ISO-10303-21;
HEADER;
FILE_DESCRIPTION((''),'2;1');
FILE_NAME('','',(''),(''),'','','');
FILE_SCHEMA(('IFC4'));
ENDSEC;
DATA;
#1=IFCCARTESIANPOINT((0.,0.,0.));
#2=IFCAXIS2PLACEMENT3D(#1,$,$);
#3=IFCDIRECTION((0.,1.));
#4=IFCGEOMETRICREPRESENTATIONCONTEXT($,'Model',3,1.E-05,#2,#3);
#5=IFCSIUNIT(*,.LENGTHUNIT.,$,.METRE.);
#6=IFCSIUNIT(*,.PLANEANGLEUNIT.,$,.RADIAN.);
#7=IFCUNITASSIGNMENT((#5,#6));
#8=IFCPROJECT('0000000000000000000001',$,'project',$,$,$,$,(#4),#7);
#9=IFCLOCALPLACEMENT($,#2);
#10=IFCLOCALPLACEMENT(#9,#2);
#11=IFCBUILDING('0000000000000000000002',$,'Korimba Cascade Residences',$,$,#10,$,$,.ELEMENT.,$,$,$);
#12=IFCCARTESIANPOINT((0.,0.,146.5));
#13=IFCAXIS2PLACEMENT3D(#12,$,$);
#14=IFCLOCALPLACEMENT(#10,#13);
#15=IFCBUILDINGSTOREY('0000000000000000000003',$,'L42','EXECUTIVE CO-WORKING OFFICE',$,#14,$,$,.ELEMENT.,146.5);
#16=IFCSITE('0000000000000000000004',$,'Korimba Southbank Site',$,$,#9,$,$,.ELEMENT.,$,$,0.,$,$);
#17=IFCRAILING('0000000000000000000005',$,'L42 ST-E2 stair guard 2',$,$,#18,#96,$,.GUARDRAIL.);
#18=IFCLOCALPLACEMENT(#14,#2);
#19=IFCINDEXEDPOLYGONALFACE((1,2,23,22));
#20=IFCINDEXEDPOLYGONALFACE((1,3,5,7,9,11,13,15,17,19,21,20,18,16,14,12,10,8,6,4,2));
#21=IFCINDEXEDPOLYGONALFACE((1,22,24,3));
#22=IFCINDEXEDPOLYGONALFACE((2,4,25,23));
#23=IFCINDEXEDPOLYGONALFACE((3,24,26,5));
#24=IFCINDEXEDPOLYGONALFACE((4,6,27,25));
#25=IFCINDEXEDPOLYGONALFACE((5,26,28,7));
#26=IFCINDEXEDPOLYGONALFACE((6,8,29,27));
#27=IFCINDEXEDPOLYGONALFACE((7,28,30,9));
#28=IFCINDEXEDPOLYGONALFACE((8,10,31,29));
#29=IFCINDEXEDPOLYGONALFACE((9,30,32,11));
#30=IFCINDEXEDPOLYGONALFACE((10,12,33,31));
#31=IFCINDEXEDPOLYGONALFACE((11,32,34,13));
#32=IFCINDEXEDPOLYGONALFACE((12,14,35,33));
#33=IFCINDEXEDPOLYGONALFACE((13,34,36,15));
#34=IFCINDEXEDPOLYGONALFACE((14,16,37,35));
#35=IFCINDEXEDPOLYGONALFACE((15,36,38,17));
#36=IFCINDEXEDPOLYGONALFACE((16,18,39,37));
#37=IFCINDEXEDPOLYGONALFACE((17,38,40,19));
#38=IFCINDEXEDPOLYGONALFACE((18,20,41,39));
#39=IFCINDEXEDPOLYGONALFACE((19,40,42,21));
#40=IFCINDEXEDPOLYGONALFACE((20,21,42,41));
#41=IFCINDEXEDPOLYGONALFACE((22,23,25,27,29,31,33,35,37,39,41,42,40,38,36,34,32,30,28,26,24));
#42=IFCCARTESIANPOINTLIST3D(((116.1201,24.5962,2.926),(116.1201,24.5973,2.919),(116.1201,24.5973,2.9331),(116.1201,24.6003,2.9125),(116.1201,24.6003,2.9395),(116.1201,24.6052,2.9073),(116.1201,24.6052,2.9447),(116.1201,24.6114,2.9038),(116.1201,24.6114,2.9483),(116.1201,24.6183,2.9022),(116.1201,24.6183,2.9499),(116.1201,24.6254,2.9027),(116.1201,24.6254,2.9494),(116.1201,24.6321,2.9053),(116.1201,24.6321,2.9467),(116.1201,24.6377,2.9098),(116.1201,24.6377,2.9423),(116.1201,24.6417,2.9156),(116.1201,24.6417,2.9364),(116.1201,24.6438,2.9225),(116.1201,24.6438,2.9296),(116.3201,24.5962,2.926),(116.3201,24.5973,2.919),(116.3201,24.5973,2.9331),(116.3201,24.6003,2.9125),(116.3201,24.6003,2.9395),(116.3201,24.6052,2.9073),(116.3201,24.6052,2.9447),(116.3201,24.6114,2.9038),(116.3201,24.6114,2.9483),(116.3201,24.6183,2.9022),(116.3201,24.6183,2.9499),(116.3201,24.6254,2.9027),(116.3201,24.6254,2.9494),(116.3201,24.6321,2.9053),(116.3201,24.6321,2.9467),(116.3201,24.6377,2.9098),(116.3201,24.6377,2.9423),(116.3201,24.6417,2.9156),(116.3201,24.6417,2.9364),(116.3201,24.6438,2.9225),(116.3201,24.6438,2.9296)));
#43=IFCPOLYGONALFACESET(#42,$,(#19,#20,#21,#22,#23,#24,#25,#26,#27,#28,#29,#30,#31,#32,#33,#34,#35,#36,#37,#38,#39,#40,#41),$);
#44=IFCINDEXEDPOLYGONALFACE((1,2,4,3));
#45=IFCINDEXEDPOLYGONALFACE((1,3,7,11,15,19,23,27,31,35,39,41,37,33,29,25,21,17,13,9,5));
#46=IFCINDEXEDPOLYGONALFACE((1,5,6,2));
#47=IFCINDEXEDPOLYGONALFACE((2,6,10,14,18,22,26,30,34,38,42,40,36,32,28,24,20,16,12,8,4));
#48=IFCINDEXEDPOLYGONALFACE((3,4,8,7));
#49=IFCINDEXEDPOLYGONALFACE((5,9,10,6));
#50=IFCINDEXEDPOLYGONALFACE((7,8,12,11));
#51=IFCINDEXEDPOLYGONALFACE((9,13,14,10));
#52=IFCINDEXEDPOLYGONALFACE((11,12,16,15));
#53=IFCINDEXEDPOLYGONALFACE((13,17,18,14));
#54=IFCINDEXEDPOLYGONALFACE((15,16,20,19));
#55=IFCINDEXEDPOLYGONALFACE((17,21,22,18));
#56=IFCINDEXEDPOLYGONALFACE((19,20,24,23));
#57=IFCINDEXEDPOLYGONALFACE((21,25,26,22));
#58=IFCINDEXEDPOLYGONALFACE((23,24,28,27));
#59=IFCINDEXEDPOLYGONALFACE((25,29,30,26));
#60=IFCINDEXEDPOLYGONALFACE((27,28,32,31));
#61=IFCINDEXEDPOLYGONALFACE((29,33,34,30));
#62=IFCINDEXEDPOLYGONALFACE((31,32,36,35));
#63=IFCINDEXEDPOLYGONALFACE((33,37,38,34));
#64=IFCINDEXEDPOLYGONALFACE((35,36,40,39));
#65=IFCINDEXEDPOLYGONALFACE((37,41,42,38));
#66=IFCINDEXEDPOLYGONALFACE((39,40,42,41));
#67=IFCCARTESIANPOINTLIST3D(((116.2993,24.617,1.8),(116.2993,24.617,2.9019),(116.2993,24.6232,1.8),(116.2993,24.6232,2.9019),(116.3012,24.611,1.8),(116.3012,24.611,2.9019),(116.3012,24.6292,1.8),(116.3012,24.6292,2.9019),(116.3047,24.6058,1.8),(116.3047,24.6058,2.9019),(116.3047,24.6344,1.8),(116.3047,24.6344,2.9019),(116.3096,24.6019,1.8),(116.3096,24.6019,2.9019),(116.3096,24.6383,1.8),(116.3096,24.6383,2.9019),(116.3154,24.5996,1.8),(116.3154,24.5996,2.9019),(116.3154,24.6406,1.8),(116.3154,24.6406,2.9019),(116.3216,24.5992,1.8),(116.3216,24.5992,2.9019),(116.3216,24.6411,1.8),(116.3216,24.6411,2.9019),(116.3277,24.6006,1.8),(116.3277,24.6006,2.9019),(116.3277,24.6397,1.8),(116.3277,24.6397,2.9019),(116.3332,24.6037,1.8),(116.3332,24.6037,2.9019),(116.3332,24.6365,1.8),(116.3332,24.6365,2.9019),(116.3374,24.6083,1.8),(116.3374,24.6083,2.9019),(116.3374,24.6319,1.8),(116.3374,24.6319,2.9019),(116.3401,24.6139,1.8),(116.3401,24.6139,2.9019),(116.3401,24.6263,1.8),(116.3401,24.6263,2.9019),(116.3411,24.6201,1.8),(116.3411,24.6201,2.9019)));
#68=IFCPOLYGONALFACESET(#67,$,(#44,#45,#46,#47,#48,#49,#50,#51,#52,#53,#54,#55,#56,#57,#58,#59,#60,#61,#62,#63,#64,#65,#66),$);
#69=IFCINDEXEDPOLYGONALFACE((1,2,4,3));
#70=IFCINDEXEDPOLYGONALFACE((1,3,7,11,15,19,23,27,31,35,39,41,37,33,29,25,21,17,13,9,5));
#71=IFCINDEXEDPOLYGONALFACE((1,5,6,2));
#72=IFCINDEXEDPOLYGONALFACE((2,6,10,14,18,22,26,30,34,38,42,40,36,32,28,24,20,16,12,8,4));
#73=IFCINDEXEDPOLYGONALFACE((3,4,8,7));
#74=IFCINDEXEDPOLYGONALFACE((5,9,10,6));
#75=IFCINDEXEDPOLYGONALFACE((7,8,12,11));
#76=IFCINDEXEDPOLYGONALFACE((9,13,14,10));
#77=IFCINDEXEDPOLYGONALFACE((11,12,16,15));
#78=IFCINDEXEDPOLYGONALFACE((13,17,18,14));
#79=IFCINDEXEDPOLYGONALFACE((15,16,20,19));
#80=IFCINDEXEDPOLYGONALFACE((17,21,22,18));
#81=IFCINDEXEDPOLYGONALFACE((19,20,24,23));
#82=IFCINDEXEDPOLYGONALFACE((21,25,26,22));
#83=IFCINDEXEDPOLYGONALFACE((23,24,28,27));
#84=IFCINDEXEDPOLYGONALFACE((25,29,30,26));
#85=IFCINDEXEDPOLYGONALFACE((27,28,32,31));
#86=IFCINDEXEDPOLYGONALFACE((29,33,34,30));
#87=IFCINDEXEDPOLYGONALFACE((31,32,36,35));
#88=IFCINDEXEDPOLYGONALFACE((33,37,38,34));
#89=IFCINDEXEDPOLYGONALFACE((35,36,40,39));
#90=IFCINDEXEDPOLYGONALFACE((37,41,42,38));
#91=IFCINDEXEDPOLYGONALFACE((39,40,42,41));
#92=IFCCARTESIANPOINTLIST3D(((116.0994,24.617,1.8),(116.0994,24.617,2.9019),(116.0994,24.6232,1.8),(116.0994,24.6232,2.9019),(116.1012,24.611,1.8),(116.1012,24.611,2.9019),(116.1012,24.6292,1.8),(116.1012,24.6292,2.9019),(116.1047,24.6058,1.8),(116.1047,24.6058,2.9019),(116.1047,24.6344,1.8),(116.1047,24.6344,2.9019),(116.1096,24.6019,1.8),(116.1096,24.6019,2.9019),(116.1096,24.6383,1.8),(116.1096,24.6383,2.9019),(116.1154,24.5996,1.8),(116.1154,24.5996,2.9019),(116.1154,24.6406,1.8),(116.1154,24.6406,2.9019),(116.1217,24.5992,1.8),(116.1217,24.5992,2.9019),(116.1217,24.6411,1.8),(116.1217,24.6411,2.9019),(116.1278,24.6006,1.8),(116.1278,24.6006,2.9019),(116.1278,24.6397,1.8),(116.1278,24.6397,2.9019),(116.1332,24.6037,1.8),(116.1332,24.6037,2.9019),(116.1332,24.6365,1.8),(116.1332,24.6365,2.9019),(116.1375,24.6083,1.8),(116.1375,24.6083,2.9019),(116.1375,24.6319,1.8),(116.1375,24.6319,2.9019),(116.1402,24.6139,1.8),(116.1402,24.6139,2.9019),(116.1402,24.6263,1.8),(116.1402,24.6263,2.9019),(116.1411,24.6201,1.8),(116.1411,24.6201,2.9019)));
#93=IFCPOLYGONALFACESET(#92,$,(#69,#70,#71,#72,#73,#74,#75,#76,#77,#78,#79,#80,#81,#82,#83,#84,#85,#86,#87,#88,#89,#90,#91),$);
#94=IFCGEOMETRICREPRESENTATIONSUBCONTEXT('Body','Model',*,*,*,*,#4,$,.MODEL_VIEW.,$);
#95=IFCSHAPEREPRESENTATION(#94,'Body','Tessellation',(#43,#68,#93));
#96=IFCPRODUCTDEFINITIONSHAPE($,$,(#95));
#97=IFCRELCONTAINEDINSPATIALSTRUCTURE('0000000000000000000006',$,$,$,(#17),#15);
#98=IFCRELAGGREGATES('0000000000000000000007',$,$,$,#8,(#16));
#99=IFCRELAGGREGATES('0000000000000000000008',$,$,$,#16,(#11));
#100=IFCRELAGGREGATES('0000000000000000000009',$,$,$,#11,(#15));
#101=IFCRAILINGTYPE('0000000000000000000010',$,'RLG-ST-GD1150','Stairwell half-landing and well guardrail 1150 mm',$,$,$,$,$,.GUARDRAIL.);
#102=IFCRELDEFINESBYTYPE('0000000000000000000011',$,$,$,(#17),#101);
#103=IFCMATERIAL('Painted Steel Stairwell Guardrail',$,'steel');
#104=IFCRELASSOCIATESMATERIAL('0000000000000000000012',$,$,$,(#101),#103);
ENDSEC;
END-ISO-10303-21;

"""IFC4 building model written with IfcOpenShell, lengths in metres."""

from ifc_helpers import new_model, si_unit, direction, frame, origin, origin_2d, place, context, subcontext, project, spatial, circle, extrude, material, type_object, element, save


model = new_model("IFC4")

# Units and contexts
model_context = context("Model", 3, precision=1e-05, world=origin(), true_north=direction((0.0, 1.0)))
body_context = subcontext(model_context, "Body", "Model", "MODEL_VIEW")
ifc_project = project(units=[si_unit("LENGTHUNIT", "METRE"), si_unit("PLANEANGLEUNIT", "RADIAN")], contexts=[model_context])

# Site, building, storey
site_placement = place(None, origin())
site = spatial("IfcSite", under=ifc_project, at=site_placement, Name="Korimba Southbank Site", CompositionType="ELEMENT", RefElevation=0.0)
building_placement = place(site_placement, origin())
building = spatial("IfcBuilding", under=site, at=building_placement, Name="Korimba Cascade Residences", CompositionType="ELEMENT")
storey_placement = place(building_placement, frame((0.0, 0.0, 146.5)))
storey = spatial("IfcBuildingStorey", under=building, at=storey_placement, Name="L42", Description="EXECUTIVE CO-WORKING OFFICE", CompositionType="ELEMENT", Elevation=146.5)

# Railing
ifc_material_1 = material(Name="Painted Steel Stairwell Guardrail", Category="steel")
railing_type_1 = type_object("IfcRailingType", Name="RLG-ST-GD1150", Description="Stairwell half-landing and well guardrail 1150 mm", PredefinedType="GUARDRAIL", material=ifc_material_1)
railing_1_placement = place(storey_placement, frame((116.3201, 24.6201, 1.8)))
element("IfcRailing", 1, at=railing_1_placement, inside=storey, type_object=railing_type_1, Name="L42 ST-E2 stair guard 2", PredefinedType="GUARDRAIL", context=body_context, shape_type="SweptSolid", body=[
    extrude(circle(Radius=0.0239, at=origin_2d()), frame((0.0, 0.0, 1.126), z_axis=(-1.0, 0.0, 0.0), x_axis=(0.0, -1.0, 0.0)), (0.0, 0.0, 1.0), 0.2),
    extrude(circle(Radius=0.021, at=origin_2d()), origin(), (0.0, 0.0, 1.0), 1.1018),
    extrude(circle(Radius=0.021, at=origin_2d()), frame((-0.2, 0.0, 0.0)), (0.0, 0.0, 1.0), 1.1018),
])

save(model, "model.ifc")
